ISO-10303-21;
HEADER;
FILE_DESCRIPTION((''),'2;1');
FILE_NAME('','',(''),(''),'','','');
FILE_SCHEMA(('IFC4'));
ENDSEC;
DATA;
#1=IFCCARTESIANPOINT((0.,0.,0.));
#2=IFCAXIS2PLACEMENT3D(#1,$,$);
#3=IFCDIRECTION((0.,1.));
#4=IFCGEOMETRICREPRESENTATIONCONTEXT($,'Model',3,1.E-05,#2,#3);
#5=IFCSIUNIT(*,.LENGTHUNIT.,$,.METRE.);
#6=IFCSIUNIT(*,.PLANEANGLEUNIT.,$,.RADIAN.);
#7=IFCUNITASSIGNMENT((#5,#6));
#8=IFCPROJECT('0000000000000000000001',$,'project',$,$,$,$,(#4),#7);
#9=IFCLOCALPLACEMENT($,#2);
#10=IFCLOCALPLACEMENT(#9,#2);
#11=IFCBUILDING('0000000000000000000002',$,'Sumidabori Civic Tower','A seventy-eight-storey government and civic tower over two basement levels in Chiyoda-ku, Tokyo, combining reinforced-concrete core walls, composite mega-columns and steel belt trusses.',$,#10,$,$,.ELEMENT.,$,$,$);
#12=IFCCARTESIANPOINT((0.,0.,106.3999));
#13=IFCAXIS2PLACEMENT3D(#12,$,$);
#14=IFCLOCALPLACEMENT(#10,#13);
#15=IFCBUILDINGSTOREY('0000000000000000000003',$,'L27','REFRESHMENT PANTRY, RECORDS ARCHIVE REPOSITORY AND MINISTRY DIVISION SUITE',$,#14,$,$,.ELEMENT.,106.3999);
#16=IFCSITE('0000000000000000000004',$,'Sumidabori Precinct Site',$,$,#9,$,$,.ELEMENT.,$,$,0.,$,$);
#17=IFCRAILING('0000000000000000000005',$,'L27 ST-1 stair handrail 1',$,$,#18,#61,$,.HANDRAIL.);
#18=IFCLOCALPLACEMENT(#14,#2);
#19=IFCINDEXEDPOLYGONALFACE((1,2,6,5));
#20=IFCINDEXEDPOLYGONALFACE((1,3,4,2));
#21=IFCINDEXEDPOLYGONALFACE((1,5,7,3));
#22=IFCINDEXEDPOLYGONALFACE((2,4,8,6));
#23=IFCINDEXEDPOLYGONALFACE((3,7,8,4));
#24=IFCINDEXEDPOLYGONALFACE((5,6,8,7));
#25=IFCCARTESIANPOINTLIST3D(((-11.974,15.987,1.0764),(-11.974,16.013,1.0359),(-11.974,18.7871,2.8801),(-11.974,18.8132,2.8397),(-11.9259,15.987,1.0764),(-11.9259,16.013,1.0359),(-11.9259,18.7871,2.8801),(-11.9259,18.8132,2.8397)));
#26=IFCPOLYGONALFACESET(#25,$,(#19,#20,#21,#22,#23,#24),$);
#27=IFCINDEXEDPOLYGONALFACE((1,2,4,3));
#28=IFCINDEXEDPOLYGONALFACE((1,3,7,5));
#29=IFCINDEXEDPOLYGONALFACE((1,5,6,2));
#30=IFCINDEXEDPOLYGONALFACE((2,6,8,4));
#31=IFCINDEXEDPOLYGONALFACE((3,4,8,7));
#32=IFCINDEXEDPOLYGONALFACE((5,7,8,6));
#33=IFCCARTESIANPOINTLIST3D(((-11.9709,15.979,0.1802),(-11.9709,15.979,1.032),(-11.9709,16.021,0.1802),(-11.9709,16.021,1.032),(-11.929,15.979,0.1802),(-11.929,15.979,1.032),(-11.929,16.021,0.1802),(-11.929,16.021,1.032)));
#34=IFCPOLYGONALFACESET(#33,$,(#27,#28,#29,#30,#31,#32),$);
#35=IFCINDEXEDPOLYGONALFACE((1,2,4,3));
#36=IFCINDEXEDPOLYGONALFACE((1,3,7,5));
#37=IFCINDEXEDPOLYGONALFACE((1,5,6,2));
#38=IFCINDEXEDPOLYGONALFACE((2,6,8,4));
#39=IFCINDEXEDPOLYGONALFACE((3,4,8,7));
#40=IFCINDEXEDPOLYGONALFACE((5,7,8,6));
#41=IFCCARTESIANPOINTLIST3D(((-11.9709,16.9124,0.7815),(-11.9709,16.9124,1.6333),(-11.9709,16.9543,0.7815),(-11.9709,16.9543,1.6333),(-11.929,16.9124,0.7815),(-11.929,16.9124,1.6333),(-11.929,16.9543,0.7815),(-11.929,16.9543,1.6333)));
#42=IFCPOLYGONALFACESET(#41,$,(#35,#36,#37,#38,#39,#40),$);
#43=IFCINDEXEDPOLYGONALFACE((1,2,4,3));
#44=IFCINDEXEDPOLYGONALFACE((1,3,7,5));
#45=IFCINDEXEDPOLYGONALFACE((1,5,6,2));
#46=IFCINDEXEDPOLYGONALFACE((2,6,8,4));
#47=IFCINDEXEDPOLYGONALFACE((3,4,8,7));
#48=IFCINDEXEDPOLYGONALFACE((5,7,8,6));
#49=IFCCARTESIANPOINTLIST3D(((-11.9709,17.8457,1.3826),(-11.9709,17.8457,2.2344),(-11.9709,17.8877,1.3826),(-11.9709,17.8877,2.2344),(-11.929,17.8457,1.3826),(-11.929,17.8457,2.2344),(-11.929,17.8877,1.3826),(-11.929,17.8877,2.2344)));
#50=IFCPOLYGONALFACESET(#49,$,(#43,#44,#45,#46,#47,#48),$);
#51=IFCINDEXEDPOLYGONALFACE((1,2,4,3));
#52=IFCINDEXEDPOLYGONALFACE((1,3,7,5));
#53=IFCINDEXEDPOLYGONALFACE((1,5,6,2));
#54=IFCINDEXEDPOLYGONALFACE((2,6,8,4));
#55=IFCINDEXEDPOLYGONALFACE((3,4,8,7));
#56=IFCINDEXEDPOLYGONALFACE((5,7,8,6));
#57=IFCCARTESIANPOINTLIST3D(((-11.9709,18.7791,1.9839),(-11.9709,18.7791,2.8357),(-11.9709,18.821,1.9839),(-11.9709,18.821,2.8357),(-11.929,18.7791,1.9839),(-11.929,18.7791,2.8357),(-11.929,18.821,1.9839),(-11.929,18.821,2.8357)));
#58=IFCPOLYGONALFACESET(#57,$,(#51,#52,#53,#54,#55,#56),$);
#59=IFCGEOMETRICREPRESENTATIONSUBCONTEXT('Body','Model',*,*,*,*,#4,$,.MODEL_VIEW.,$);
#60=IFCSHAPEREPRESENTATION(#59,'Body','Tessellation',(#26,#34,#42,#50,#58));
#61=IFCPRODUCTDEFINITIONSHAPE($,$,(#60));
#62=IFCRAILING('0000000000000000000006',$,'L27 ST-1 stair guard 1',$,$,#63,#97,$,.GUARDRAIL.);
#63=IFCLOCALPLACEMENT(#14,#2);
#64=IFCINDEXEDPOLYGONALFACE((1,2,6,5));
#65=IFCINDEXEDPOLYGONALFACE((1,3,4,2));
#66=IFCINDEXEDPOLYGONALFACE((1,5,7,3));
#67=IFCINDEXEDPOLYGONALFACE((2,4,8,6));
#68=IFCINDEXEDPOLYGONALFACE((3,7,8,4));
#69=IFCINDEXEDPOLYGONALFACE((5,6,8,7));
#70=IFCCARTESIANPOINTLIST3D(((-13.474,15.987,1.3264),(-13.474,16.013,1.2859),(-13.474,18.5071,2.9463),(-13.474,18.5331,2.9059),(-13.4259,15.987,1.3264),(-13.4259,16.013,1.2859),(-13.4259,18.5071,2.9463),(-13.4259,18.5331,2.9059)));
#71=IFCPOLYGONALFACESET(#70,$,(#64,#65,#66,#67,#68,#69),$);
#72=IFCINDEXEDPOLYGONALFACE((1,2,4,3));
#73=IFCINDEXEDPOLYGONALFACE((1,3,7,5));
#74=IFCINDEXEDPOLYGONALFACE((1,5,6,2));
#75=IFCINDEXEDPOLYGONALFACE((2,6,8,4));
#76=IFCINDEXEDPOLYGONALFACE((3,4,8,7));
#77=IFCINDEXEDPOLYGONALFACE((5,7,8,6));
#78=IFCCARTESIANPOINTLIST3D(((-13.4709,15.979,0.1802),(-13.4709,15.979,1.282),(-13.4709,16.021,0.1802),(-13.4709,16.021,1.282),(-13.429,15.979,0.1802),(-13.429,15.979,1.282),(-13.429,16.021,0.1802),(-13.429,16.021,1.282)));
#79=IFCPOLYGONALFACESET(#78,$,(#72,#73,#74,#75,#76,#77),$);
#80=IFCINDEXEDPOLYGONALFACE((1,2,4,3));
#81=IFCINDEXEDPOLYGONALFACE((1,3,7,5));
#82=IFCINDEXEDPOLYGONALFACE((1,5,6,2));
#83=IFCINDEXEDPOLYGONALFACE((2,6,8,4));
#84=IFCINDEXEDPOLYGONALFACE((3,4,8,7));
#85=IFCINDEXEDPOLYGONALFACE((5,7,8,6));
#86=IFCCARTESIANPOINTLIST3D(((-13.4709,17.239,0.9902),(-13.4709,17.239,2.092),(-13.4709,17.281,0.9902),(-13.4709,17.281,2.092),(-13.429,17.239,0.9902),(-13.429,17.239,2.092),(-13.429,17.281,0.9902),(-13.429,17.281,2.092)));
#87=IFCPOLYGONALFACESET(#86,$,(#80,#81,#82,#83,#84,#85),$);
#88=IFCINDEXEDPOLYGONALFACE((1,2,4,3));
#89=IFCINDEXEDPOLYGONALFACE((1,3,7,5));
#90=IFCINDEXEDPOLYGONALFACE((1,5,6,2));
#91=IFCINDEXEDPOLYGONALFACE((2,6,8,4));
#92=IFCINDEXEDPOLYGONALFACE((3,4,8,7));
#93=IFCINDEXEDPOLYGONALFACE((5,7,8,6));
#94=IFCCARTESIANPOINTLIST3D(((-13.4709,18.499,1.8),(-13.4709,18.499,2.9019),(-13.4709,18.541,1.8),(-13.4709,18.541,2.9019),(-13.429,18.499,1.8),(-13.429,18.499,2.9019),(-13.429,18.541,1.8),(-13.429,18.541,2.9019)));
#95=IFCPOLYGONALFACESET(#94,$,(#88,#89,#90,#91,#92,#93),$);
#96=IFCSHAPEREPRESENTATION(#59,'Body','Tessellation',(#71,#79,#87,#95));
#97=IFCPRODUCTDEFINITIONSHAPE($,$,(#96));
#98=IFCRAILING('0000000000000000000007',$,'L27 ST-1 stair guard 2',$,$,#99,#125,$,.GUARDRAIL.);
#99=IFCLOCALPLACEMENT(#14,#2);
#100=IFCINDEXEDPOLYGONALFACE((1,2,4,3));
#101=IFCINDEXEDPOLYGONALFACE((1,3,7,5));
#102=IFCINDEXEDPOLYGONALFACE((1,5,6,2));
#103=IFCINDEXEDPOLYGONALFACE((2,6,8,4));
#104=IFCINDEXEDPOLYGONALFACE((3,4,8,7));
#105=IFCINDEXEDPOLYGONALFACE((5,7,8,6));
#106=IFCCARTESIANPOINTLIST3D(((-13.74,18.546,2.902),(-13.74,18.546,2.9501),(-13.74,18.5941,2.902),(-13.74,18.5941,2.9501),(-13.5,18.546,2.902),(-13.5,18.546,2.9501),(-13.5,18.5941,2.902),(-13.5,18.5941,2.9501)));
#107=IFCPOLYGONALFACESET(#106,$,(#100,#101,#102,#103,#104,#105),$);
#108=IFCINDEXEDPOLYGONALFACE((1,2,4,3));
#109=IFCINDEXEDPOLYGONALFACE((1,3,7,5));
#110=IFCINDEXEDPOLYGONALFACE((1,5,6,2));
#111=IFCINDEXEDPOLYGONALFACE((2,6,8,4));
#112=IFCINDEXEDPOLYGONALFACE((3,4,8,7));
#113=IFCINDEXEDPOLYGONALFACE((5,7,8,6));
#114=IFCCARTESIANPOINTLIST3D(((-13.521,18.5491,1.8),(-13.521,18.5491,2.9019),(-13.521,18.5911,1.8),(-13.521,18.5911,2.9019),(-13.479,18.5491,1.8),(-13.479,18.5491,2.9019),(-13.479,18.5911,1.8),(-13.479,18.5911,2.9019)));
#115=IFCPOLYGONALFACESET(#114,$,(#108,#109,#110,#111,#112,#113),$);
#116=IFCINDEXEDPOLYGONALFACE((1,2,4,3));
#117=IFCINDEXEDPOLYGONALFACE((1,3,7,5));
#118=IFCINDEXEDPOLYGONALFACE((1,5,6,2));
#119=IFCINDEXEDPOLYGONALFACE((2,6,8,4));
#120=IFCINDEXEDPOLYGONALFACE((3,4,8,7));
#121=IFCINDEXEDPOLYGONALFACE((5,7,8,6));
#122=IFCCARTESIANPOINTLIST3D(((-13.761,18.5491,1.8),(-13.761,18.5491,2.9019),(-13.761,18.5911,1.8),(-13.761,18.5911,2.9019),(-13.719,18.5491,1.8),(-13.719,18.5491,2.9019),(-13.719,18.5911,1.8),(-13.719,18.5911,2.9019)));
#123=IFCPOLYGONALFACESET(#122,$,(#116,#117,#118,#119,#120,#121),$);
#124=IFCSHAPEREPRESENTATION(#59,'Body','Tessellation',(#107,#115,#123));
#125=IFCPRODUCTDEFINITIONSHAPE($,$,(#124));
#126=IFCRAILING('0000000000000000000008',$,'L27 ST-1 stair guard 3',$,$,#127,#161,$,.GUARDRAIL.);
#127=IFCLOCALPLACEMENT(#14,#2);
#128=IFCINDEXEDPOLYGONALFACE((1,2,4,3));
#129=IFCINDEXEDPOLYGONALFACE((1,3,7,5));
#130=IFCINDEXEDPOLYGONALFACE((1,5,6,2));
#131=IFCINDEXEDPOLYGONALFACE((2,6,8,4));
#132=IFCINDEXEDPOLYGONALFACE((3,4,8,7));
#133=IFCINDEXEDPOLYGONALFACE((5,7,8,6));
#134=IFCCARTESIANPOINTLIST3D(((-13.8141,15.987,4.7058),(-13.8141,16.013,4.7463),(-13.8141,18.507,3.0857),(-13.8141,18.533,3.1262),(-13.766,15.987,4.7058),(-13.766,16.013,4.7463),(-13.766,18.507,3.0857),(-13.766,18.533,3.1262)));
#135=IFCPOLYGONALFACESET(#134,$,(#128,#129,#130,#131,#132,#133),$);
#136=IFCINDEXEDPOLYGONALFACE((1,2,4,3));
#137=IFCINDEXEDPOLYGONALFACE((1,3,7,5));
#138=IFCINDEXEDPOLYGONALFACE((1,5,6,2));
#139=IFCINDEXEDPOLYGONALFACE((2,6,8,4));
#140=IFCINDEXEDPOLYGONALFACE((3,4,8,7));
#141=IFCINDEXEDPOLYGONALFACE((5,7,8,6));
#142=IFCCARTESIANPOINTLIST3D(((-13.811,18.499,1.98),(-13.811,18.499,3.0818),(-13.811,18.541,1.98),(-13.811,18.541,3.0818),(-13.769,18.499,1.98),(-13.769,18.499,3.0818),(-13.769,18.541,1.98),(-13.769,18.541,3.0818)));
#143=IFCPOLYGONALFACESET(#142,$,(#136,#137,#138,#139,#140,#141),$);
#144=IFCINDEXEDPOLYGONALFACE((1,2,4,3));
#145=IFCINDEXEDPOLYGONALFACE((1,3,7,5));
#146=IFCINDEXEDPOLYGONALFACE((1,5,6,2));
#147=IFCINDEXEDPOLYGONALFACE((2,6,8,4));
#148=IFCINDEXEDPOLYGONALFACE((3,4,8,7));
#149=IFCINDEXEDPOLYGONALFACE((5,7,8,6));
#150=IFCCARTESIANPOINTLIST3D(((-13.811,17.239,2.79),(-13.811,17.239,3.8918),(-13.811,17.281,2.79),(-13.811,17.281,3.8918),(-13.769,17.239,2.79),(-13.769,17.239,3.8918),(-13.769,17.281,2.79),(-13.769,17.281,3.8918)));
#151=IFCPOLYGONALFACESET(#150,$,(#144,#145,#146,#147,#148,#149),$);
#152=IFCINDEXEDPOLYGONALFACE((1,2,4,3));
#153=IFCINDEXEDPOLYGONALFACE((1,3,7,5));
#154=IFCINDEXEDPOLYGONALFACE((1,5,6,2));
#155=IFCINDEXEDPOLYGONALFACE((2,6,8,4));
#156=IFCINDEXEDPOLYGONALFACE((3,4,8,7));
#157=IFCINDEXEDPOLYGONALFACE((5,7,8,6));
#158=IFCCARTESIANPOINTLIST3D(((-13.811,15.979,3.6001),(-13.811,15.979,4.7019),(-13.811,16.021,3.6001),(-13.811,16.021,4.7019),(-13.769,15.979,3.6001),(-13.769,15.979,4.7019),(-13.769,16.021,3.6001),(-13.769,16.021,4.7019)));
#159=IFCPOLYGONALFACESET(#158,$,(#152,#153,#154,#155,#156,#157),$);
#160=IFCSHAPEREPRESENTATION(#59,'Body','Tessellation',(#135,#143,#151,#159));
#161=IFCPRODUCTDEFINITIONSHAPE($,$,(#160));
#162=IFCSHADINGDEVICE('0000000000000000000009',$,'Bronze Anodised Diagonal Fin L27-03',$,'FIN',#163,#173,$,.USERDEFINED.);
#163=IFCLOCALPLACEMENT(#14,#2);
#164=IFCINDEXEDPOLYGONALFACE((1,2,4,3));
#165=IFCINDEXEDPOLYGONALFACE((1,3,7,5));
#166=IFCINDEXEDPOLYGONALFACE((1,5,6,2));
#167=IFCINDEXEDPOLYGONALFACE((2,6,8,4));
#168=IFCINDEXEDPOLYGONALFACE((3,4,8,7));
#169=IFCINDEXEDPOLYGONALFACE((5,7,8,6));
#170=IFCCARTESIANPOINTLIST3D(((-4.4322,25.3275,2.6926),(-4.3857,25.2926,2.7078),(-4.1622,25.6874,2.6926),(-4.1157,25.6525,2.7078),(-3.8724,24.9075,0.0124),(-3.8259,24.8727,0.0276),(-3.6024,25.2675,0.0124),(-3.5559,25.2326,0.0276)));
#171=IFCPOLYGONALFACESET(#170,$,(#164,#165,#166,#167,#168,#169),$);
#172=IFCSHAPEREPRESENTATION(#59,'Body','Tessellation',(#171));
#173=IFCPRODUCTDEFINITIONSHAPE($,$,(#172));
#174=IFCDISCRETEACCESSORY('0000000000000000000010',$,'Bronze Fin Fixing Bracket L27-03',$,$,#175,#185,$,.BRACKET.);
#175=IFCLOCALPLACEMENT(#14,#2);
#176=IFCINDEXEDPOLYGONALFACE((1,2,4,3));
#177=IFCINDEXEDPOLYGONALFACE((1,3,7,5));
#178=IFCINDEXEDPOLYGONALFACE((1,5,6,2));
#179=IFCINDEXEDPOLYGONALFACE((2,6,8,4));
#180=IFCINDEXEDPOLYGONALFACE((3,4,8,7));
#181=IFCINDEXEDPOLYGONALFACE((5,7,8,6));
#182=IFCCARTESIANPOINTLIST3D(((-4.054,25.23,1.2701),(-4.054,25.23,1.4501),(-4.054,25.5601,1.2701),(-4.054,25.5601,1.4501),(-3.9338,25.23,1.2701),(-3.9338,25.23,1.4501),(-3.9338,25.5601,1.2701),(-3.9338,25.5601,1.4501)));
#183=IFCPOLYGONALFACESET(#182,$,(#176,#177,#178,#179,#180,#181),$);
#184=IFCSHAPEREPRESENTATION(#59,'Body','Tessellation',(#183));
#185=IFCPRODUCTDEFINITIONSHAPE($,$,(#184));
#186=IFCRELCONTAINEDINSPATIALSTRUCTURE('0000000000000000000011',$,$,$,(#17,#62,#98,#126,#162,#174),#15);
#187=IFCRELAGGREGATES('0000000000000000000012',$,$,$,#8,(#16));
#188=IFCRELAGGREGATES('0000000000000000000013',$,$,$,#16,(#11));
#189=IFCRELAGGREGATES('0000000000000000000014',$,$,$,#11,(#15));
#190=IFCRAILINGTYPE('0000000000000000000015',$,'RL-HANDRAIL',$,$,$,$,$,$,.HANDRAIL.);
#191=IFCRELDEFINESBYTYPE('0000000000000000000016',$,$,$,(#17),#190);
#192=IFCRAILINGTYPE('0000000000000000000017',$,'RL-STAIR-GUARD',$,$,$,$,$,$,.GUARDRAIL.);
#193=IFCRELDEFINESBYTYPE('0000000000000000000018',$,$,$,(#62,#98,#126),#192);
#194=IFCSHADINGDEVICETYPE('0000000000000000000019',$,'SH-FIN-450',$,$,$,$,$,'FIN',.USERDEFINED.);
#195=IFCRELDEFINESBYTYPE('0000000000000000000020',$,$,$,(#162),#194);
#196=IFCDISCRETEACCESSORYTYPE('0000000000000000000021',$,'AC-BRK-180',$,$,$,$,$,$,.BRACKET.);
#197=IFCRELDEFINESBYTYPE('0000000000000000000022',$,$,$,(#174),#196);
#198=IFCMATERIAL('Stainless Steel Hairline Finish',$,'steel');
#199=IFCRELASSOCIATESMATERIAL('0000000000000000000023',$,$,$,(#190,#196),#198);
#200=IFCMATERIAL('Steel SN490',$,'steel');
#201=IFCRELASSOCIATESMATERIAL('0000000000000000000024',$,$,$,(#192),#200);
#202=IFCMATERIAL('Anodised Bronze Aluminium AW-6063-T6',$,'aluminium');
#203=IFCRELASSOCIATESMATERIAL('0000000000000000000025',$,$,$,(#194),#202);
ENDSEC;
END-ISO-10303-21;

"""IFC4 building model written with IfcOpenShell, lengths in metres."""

from ifc_helpers import new_model, si_unit, direction, frame, origin, origin_2d, place, context, subcontext, project, spatial, rectangle, extrude, source, transform, mapped, material, material_profile, profile_set, type_object, element, save


model = new_model("IFC4")

# Units and contexts
model_context = context("Model", 3, precision=1e-05, world=origin(), true_north=direction((0.0, 1.0)))
body_context = subcontext(model_context, "Body", "Model", "MODEL_VIEW")
ifc_project = project(units=[si_unit("LENGTHUNIT", "METRE"), si_unit("PLANEANGLEUNIT", "RADIAN")], contexts=[model_context])

# Site, building, storey
site_placement = place(None, origin())
site = spatial("IfcSite", under=ifc_project, at=site_placement, Name="Sumidabori Precinct Site", CompositionType="ELEMENT", RefElevation=0.0)
building_placement = place(site_placement, origin())
building = spatial("IfcBuilding", under=site, at=building_placement, Name="Sumidabori Civic Tower", Description="A seventy-eight-storey government and civic tower over two basement levels in Chiyoda-ku, Tokyo, combining reinforced-concrete core walls, composite mega-columns and steel belt trusses.", CompositionType="ELEMENT")
storey_placement = place(building_placement, frame((0.0, 0.0, 106.3999)))
storey = spatial("IfcBuildingStorey", under=building, at=storey_placement, Name="L27", Description="REFRESHMENT PANTRY, RECORDS ARCHIVE REPOSITORY AND MINISTRY DIVISION SUITE", CompositionType="ELEMENT", Elevation=106.3999)

# Shared definitions
ifc_material_1 = material(Name="Anodised Bronze Aluminium AW-6063-T6", Category="aluminium")

# Railings
ifc_material_2 = material(Name="Stainless Steel Hairline Finish", Category="steel")
railing_type_1 = type_object("IfcRailingType", Name="RL-HANDRAIL", PredefinedType="HANDRAIL", material=ifc_material_2)
railing_1_placement = place(storey_placement, frame((-11.95, 16.0, 0.1802)))
element("IfcRailing", 1, at=railing_1_placement, inside=storey, type_object=railing_type_1, Name="L27 ST-1 stair handrail 1", PredefinedType="HANDRAIL", context=body_context, shape_type="SweptSolid", body=[
    extrude(rectangle(XDim=0.0481, YDim=0.0481, at=origin_2d()), frame((0.0, 0.0, 0.876), z_axis=(0.0, 0.840676, 0.541539), x_axis=(-1.0, 0.0, 0.0)), (0.0, 0.0, 1.0), 3.3308),
    extrude(rectangle(XDim=0.042, YDim=0.042, at=origin_2d()), origin(), (0.0, 0.0, 1.0), 0.8518),
    extrude(rectangle(XDim=0.042, YDim=0.042, at=origin_2d()), frame((0.0, 0.9333, 0.6013)), (0.0, 0.0, 1.0), 0.8518),
    extrude(rectangle(XDim=0.042, YDim=0.042, at=origin_2d()), frame((0.0, 1.8667, 1.2024)), (0.0, 0.0, 1.0), 0.8518),
    extrude(rectangle(XDim=0.042, YDim=0.042, at=origin_2d()), frame((0.0, 2.8, 1.8037)), (0.0, 0.0, 1.0), 0.8518),
])
ifc_material_3 = material(Name="Steel SN490", Category="steel")
railing_type_2 = type_object("IfcRailingType", Name="RL-STAIR-GUARD", PredefinedType="GUARDRAIL", material=ifc_material_3)
railing_2_placement = place(storey_placement, frame((-13.45, 16.0, 0.1802)))
element("IfcRailing", 2, at=railing_2_placement, inside=storey, type_object=railing_type_2, Name="L27 ST-1 stair guard 1", PredefinedType="GUARDRAIL", context=body_context, shape_type="SweptSolid", body=[
    extrude(rectangle(XDim=0.0481, YDim=0.0481, at=origin_2d()), frame((0.0, 0.0, 1.126), z_axis=(0.0, 0.8412, 0.540725), x_axis=(-1.0, 0.0, 0.0)), (0.0, 0.0, 1.0), 2.9958),
    extrude(rectangle(XDim=0.042, YDim=0.042, at=origin_2d()), origin(), (0.0, 0.0, 1.0), 1.1018),
    extrude(rectangle(XDim=0.042, YDim=0.042, at=origin_2d()), frame((0.0, 1.26, 0.8101)), (0.0, 0.0, 1.0), 1.1018),
    extrude(rectangle(XDim=0.042, YDim=0.042, at=origin_2d()), frame((0.0, 2.52, 1.6199)), (0.0, 0.0, 1.0), 1.1018),
])
railing_3_placement = place(storey_placement, frame((-13.5, 18.5701, 1.8)))
element("IfcRailing", 3, at=railing_3_placement, inside=storey, type_object=railing_type_2, Name="L27 ST-1 stair guard 2", PredefinedType="GUARDRAIL", context=body_context, shape_type="SweptSolid", body=[
    extrude(rectangle(XDim=0.0481, YDim=0.0481, at=origin_2d()), frame((0.0, 0.0, 1.126), z_axis=(-1.0, 0.0, 0.0), x_axis=(0.0, -1.0, 0.0)), (0.0, 0.0, 1.0), 0.24),
    extrude(rectangle(XDim=0.042, YDim=0.042, at=origin_2d()), origin(), (0.0, 0.0, 1.0), 1.1018),
    extrude(rectangle(XDim=0.042, YDim=0.042, at=origin_2d()), frame((-0.24, 0.0, 0.0)), (0.0, 0.0, 1.0), 1.1018),
])
railing_4_placement = place(storey_placement, frame((-13.79, 18.52, 1.98)))
element("IfcRailing", 4, at=railing_4_placement, inside=storey, type_object=railing_type_2, Name="L27 ST-1 stair guard 3", PredefinedType="GUARDRAIL", context=body_context, shape_type="SweptSolid", body=[
    extrude(rectangle(XDim=0.0481, YDim=0.0481, at=origin_2d()), frame((0.0, 0.0, 1.126), z_axis=(0.0, -0.841163, 0.540782), x_axis=(1.0, 0.0, 0.0)), (0.0, 0.0, 1.0), 2.9958),
    extrude(rectangle(XDim=0.042, YDim=0.042, at=origin_2d()), origin(), (0.0, 0.0, 1.0), 1.1018),
    extrude(rectangle(XDim=0.042, YDim=0.042, at=origin_2d()), frame((0.0, -1.26, 0.8101)), (0.0, 0.0, 1.0), 1.1018),
    extrude(rectangle(XDim=0.042, YDim=0.042, at=origin_2d()), frame((0.0, -2.52, 1.6201)), (0.0, 0.0, 1.0), 1.1018),
])

# Shading device
ifc_material_profile_1 = material_profile(ifc_material_1, rectangle(XDim=0.0601, YDim=0.45, at=origin_2d()), Name="BRONZE FIN 450x60")
ifc_profile_set_1 = profile_set([ifc_material_profile_1], Name="Anodised Bronze Aluminium AW-6063-T6")
shading_device_type = type_object("IfcShadingDeviceType", Name="SH-FIN-450", ElementType="FIN", PredefinedType="USERDEFINED", material=ifc_profile_set_1)
shared_shape_1 = source(origin(), body_context, "Body", "SweptSolid", [
    extrude(rectangle(XDim=0.0601, YDim=0.45, at=origin_2d()), origin(), (0.0, 0.0, 1.0), 2.77),
])
shading_device_placement = place(storey_placement, frame((-3.7141, 25.0701, 0.02), z_axis=(-0.202097, 0.151595, 0.967562), x_axis=(0.774009, -0.580591, 0.252634)))
element("IfcShadingDevice", 5, at=shading_device_placement, inside=storey, type_object=shading_device_type, Name="Bronze Anodised Diagonal Fin L27-03", ObjectType="FIN", PredefinedType="USERDEFINED", context=body_context, shape_type="MappedRepresentation", body=[
    mapped(shared_shape_1, transform((0.0, 0.0, 0.0), x_axis=(1.0, 0.0, 0.0), y_axis=(0.0, 1.0, 0.0), z_axis=(0.0, 0.0, 1.0), scale=1.0)),
])

# Discrete accessory
ifc_material_profile_2 = material_profile(ifc_material_2, rectangle(XDim=0.1201, YDim=0.1799, at=origin_2d()), Name="STEEL BRACKET 180x120")
ifc_profile_set_2 = profile_set([ifc_material_profile_2], Name="Stainless Steel Hairline Finish")
discrete_accessory_type = type_object("IfcDiscreteAccessoryType", Name="AC-BRK-180", PredefinedType="BRACKET", material=ifc_profile_set_2)
shared_shape_2 = source(origin(), body_context, "Body", "SweptSolid", [
    extrude(rectangle(XDim=0.1201, YDim=0.1799, at=origin_2d()), origin(), (0.0, 0.0, 1.0), 0.3301),
])
discrete_accessory_placement = place(storey_placement, frame((-3.9939, 25.23, 1.3601), z_axis=(0.0, 1.0, 0.0), x_axis=(-1.0, 0.0, 0.0)))
element("IfcDiscreteAccessory", 6, at=discrete_accessory_placement, inside=storey, type_object=discrete_accessory_type, Name="Bronze Fin Fixing Bracket L27-03", PredefinedType="BRACKET", context=body_context, shape_type="MappedRepresentation", body=[
    mapped(shared_shape_2, transform((0.0, 0.0, 0.0), x_axis=(1.0, 0.0, 0.0), y_axis=(0.0, 1.0, 0.0), z_axis=(0.0, 0.0, 1.0), scale=1.0)),
])

save(model, "model.ifc")
